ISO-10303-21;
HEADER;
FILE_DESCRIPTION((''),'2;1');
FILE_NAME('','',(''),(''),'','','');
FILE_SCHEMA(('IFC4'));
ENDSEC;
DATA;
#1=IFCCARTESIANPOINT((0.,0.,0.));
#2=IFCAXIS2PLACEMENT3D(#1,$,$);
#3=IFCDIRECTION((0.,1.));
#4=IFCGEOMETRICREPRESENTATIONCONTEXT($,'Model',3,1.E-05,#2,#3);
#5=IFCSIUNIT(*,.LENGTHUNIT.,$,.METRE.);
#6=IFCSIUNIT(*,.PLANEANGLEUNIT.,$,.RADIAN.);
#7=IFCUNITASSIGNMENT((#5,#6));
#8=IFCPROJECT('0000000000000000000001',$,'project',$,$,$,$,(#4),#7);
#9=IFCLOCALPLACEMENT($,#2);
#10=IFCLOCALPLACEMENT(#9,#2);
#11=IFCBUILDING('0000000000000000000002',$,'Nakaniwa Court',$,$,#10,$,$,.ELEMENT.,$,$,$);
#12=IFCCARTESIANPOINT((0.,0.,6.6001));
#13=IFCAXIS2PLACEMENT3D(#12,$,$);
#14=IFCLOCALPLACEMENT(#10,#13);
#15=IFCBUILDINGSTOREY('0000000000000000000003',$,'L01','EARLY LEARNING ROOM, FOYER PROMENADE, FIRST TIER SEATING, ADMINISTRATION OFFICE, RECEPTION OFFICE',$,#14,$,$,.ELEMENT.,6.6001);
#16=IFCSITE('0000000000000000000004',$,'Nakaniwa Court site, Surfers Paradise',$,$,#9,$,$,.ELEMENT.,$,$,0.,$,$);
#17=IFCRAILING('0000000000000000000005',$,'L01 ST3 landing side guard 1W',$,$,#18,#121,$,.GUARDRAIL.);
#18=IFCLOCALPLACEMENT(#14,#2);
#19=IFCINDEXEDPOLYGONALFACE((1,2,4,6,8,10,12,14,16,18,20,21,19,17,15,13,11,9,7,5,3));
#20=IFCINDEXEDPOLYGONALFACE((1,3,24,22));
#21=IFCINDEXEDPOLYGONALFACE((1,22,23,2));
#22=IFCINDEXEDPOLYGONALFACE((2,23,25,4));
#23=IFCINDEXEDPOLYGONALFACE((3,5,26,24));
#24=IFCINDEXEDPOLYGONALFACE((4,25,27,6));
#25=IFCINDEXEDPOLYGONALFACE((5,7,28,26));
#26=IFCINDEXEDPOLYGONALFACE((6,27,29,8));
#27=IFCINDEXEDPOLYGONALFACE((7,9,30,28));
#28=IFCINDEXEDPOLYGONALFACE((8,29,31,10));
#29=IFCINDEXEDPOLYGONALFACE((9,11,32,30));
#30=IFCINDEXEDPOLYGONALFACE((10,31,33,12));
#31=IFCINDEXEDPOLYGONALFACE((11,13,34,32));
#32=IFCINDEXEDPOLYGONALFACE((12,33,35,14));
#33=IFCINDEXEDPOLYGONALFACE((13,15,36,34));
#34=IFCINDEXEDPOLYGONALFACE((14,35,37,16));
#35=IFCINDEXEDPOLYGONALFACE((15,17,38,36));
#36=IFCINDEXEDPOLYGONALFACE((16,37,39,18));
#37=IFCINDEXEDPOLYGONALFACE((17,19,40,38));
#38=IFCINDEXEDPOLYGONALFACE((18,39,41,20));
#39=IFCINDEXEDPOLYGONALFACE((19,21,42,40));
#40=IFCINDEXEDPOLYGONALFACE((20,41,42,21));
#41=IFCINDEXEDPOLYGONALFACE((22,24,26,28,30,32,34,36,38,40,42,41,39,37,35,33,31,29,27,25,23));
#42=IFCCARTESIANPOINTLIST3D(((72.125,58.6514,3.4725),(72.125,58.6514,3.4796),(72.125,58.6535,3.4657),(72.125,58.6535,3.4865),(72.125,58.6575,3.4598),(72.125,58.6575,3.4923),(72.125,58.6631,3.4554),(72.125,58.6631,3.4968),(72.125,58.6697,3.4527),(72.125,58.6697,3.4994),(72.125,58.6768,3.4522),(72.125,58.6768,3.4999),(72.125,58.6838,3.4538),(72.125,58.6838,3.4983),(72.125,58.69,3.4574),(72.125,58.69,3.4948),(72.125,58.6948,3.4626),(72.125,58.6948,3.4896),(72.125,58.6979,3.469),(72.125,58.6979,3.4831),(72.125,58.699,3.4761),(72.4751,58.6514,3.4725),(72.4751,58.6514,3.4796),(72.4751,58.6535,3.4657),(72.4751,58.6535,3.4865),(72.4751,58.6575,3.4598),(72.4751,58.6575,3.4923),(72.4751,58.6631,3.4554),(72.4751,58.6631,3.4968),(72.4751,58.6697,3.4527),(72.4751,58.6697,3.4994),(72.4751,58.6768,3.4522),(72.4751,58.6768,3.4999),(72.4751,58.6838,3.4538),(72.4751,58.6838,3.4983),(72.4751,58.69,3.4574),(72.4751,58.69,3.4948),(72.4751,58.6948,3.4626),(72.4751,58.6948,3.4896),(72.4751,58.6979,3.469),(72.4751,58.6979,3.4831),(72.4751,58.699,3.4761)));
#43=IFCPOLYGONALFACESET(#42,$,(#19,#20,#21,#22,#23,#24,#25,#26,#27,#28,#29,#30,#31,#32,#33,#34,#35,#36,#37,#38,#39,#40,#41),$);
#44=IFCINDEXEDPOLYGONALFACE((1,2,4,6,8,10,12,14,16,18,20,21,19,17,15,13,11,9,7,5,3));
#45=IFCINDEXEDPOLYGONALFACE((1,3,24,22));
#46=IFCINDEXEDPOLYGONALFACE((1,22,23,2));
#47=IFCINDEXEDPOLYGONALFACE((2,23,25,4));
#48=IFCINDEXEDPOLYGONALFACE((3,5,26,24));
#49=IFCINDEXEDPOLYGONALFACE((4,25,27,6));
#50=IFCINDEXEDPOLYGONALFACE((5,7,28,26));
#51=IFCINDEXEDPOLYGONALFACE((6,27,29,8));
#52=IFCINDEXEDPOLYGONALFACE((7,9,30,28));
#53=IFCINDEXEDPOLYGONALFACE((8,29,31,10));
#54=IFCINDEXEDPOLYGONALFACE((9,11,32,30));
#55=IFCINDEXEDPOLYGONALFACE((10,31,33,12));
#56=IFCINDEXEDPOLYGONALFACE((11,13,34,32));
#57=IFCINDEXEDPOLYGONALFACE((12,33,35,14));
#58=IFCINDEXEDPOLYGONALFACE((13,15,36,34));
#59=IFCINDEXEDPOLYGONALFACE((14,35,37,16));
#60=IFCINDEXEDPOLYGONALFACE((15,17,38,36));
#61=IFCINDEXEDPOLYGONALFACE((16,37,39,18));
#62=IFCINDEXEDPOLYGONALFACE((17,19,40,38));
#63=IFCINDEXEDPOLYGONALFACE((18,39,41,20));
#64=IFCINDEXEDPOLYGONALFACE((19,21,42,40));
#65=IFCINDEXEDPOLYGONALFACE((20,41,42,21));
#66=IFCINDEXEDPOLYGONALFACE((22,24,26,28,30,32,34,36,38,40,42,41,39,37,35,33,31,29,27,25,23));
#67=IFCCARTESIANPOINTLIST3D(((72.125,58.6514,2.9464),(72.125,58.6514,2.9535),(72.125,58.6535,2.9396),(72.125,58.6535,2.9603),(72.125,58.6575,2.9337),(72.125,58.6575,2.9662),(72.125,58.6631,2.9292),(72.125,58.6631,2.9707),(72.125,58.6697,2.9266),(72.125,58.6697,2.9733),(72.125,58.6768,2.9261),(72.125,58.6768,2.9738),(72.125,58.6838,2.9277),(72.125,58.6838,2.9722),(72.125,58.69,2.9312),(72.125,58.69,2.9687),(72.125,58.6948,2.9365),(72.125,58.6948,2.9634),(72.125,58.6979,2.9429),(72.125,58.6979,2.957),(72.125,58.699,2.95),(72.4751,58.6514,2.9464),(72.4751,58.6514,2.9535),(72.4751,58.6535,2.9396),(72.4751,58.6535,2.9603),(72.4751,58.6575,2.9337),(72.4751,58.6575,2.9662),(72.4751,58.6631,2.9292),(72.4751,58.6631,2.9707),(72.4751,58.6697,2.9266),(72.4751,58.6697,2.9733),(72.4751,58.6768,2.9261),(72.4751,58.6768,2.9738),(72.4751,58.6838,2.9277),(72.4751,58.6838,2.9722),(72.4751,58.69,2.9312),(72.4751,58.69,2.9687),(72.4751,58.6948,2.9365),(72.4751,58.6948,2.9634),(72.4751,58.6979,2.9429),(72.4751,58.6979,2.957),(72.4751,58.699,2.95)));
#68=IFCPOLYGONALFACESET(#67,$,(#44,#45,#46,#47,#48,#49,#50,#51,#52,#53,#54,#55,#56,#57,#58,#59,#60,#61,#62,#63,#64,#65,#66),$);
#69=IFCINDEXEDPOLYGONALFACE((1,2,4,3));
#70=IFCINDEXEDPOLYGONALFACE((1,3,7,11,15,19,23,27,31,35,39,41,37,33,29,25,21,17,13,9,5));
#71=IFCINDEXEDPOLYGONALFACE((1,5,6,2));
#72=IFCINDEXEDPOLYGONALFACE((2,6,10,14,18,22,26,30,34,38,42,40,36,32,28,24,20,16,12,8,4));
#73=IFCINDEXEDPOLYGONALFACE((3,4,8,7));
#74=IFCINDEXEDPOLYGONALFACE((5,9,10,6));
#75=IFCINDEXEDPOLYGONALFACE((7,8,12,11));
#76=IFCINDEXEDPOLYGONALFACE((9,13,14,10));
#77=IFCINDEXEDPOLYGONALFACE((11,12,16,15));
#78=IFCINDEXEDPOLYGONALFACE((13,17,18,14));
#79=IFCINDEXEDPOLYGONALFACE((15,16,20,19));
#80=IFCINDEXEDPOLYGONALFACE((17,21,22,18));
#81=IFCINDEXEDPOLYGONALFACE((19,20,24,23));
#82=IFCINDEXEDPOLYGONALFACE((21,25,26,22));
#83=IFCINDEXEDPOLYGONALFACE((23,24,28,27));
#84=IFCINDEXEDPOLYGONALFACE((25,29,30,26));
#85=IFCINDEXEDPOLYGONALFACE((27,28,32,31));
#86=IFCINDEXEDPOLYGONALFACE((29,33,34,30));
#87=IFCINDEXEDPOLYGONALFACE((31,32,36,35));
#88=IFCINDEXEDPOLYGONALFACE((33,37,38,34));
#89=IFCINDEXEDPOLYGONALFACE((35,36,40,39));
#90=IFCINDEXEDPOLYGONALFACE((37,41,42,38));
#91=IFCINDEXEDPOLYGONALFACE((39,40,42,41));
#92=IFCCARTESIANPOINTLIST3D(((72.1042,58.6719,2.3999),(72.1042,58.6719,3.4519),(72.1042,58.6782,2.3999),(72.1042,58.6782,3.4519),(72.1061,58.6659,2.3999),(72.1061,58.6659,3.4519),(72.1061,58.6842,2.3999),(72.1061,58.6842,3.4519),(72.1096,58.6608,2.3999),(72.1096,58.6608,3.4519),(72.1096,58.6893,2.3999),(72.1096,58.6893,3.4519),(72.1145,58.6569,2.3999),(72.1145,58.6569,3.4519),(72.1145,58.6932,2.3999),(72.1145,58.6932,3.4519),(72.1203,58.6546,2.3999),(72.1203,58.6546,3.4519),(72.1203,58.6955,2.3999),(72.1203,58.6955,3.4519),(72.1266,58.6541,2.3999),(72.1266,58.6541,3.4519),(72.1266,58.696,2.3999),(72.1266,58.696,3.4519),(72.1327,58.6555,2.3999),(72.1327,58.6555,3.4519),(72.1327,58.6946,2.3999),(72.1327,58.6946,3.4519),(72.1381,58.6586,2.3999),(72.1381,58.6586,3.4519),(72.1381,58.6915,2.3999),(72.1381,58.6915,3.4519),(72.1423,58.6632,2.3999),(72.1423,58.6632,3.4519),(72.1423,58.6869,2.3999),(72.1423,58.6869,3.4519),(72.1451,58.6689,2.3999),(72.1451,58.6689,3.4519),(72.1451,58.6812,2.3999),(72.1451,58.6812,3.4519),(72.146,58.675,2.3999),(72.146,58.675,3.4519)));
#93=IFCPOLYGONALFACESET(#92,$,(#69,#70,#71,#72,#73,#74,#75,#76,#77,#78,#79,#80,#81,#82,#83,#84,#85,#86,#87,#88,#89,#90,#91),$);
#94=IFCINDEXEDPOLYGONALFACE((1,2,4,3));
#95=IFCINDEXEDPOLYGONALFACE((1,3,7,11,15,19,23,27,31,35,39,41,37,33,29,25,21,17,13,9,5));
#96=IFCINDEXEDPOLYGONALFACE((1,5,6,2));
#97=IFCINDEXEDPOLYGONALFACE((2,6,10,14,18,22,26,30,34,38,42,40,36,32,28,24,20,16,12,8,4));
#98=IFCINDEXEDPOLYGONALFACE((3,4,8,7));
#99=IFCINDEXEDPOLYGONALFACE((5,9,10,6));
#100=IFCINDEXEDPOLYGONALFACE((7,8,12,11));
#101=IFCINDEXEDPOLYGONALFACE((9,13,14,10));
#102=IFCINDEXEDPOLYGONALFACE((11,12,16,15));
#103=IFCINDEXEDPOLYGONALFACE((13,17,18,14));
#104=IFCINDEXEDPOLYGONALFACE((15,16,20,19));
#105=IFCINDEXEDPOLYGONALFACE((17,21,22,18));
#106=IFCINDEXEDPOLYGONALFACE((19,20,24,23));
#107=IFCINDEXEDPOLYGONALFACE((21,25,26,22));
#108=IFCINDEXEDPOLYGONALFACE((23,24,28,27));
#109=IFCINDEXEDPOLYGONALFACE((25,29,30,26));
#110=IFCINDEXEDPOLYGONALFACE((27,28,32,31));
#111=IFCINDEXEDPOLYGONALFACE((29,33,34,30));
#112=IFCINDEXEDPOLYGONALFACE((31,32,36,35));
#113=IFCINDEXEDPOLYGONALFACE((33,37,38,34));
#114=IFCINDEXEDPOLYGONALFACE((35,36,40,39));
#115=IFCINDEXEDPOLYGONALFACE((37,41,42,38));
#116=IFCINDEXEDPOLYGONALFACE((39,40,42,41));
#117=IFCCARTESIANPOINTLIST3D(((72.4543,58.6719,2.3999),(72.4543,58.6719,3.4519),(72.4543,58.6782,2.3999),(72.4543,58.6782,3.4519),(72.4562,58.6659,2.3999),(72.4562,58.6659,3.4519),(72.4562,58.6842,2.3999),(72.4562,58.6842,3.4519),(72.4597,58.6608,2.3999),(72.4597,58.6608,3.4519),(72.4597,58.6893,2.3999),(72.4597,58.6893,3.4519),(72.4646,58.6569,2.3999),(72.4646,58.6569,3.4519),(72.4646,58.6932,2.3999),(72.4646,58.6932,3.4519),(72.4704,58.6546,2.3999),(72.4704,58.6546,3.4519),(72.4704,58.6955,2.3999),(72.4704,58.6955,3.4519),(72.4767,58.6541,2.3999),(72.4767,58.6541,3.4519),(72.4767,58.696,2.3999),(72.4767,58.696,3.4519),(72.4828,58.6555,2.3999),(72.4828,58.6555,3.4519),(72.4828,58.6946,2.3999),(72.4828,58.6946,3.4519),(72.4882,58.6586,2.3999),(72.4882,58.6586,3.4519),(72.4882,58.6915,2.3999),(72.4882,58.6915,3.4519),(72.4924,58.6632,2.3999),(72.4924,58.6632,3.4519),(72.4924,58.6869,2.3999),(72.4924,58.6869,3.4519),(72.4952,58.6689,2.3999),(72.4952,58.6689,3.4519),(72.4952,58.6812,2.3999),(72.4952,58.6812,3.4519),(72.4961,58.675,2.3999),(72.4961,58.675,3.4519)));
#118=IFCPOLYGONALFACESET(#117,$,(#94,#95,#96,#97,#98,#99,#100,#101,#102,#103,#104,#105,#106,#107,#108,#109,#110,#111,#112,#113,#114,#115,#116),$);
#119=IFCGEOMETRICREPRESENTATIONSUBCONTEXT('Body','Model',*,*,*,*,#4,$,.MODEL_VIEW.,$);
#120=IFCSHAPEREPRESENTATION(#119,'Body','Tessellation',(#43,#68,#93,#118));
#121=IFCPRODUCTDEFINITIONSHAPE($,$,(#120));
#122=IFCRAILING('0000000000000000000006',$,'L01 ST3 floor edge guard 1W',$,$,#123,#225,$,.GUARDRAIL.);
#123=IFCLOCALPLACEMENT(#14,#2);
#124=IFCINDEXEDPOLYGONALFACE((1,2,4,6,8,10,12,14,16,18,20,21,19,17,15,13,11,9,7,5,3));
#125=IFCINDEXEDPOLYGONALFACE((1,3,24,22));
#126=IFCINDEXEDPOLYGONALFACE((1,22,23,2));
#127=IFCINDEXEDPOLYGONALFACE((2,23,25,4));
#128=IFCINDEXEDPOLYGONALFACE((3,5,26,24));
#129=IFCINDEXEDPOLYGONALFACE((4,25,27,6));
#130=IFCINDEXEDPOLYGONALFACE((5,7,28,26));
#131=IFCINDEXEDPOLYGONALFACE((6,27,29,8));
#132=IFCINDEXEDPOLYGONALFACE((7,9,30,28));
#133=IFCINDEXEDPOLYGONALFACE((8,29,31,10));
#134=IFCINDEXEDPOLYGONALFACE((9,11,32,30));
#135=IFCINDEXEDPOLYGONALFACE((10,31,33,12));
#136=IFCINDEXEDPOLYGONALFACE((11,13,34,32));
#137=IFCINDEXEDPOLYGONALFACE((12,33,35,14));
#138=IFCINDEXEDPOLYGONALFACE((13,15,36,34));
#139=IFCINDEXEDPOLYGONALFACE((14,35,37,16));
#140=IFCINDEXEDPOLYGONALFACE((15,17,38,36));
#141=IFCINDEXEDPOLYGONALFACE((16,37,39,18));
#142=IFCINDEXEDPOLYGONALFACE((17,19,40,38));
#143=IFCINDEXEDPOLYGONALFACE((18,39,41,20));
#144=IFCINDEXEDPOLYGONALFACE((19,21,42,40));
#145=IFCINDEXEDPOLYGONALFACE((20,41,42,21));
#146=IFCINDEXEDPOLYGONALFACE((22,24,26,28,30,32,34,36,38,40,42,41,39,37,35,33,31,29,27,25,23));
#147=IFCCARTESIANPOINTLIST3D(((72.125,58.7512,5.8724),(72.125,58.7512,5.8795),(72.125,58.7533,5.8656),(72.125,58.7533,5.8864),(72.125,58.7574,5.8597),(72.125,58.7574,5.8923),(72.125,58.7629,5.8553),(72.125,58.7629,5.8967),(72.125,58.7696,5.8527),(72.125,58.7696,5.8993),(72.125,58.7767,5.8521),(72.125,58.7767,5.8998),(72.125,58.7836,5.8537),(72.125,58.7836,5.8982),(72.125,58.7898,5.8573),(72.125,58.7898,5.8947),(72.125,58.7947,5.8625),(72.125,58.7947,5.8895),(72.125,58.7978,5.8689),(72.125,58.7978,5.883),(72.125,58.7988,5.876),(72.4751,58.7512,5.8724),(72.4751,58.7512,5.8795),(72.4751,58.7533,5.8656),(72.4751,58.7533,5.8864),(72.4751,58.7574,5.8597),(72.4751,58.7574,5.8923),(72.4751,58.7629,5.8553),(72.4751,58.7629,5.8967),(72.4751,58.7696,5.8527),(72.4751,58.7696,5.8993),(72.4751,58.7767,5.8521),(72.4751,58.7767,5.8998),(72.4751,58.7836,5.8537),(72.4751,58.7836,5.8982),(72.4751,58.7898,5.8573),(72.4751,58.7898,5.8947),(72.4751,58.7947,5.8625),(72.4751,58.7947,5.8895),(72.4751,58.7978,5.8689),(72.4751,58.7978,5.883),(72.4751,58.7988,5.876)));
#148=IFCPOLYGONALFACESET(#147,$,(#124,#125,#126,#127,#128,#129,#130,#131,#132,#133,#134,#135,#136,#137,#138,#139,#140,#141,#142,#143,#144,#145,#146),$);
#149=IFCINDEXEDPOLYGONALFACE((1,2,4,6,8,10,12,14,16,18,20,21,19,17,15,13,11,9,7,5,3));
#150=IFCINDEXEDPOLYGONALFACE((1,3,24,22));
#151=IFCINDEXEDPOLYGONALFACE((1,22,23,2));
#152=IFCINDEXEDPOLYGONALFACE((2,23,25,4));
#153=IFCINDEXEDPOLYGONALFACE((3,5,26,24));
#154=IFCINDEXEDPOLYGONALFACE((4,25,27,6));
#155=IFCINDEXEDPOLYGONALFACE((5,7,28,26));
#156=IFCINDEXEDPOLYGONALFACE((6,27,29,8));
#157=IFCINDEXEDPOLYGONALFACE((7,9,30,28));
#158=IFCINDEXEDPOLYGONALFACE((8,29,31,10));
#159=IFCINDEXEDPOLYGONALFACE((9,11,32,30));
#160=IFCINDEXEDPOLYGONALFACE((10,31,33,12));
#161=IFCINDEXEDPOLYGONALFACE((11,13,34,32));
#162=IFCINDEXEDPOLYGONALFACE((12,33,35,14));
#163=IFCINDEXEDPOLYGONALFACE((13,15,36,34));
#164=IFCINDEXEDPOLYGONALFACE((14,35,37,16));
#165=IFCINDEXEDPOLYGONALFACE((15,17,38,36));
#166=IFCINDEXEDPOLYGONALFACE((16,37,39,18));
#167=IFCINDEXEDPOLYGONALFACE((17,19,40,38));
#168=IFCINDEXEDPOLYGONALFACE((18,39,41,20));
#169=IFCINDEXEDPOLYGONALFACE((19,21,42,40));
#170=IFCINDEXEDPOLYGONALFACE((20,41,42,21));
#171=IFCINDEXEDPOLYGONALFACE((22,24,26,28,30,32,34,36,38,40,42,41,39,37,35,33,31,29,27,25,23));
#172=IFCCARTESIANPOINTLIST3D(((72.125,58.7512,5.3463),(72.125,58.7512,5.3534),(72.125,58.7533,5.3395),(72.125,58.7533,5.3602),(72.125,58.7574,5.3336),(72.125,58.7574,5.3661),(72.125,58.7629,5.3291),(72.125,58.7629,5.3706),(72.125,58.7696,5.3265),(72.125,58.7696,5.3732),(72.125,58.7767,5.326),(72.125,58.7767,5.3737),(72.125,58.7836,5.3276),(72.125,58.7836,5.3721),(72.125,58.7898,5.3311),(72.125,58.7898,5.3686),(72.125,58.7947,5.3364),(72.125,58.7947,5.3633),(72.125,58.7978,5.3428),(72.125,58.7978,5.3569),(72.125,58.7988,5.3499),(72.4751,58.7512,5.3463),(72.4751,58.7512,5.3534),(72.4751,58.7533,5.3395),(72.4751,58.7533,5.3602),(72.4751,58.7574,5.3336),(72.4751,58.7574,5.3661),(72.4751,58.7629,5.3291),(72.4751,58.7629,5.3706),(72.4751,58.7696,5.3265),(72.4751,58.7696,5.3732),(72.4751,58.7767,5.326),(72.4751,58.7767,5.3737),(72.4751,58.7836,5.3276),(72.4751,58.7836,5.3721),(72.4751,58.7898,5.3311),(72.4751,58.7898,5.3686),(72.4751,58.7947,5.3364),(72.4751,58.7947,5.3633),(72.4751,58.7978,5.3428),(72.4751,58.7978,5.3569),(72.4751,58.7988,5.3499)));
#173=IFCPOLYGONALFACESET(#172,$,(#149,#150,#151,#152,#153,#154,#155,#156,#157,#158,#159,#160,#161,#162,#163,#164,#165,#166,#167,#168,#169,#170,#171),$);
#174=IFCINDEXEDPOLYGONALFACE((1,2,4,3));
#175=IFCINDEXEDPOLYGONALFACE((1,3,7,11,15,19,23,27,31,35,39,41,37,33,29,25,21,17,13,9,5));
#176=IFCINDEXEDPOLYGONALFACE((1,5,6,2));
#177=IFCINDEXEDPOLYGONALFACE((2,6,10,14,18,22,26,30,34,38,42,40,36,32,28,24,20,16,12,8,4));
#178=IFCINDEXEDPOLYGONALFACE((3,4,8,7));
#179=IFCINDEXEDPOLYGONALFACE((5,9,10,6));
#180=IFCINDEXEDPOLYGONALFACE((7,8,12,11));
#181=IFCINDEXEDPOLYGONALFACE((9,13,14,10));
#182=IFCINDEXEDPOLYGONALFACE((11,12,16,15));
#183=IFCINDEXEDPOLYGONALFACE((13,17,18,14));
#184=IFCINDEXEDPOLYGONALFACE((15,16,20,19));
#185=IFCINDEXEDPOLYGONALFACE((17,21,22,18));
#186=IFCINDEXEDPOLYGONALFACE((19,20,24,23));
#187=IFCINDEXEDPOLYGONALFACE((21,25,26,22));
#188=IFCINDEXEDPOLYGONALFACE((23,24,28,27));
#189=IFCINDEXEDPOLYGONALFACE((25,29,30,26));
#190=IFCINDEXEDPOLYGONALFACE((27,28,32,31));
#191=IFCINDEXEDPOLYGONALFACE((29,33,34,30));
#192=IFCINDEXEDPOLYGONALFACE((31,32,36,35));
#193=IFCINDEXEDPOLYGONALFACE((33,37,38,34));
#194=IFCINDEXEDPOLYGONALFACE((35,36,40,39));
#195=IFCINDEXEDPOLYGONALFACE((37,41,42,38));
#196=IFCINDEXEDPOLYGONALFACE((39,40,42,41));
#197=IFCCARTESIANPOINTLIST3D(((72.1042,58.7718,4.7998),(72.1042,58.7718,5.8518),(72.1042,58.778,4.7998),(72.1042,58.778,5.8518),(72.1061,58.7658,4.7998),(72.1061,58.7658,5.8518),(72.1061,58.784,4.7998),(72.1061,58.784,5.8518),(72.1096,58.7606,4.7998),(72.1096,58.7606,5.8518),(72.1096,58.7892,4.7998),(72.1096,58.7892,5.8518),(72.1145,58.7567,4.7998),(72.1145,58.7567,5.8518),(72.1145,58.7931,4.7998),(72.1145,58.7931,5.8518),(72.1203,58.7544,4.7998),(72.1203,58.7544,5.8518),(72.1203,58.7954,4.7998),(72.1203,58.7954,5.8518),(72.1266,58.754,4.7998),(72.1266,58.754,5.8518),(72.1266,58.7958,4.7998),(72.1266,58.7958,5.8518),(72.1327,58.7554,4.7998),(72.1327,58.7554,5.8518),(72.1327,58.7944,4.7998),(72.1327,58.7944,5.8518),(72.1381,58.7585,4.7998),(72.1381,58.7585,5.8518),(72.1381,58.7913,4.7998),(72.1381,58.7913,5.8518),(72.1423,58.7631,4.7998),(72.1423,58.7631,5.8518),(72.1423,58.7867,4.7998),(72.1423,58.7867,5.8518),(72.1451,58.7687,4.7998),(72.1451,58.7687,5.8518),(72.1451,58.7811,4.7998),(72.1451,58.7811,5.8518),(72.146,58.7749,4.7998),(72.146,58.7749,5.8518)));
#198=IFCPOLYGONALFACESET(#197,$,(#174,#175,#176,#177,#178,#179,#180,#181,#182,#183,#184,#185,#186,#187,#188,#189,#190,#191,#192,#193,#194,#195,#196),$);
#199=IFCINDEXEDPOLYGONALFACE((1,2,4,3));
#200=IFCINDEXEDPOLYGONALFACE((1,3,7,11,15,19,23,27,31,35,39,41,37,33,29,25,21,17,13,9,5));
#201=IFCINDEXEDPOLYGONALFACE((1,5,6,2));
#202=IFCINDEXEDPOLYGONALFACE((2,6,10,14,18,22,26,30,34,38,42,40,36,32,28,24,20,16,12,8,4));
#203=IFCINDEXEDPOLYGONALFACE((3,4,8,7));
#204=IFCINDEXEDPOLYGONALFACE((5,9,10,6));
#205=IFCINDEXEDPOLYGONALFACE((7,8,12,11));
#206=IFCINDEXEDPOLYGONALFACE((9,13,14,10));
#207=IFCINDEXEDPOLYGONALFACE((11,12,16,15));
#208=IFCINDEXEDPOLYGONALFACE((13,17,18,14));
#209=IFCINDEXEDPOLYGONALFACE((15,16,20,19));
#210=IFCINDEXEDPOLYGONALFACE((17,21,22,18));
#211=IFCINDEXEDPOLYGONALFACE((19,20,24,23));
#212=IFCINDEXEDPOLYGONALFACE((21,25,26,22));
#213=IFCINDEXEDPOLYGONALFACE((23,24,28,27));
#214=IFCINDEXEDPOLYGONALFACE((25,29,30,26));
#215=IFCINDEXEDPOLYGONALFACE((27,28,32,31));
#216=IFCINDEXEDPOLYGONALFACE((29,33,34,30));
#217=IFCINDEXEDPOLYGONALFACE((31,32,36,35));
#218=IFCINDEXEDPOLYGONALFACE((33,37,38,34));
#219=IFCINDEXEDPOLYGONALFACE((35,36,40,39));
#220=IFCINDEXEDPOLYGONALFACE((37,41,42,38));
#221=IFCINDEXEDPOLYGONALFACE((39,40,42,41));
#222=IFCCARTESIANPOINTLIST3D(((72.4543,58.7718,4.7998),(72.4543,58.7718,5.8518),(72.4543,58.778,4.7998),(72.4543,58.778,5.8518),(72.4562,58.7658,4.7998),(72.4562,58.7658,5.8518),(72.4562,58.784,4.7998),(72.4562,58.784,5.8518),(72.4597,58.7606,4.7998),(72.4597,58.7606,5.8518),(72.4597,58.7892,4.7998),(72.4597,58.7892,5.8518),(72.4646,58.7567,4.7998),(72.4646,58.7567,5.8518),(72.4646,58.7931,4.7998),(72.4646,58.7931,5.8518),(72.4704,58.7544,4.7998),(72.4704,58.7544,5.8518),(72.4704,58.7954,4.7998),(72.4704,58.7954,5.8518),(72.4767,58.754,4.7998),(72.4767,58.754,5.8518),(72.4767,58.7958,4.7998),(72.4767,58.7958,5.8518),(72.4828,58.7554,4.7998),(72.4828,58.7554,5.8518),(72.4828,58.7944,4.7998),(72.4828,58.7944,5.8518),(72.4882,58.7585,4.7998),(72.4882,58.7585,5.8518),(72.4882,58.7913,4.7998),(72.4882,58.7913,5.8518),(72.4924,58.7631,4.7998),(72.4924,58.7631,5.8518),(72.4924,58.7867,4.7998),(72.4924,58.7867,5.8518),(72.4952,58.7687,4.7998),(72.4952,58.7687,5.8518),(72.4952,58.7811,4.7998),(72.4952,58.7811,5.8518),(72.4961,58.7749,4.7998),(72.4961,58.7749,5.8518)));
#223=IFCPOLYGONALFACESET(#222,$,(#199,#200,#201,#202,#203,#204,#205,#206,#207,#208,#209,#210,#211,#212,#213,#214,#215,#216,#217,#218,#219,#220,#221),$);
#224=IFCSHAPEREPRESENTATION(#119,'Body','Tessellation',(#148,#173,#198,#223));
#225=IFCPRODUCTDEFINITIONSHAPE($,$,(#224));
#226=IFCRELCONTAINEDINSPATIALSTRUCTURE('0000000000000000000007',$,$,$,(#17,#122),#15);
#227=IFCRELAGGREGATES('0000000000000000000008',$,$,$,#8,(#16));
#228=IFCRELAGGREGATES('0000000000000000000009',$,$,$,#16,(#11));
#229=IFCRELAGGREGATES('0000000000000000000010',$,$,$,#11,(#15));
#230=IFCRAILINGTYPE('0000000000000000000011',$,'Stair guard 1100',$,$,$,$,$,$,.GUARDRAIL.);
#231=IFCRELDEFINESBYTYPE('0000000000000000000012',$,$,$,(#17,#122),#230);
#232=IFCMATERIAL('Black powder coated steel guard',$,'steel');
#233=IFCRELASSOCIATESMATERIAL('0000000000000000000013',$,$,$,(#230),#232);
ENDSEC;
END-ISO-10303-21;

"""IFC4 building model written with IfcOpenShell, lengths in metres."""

from ifc_helpers import new_model, si_unit, direction, frame, origin, origin_2d, place, context, subcontext, project, spatial, circle, extrude, material, type_object, element, save


model = new_model("IFC4")

# Units and contexts
model_context = context("Model", 3, precision=1e-05, world=origin(), true_north=direction((0.0, 1.0)))
body_context = subcontext(model_context, "Body", "Model", "MODEL_VIEW")
ifc_project = project(units=[si_unit("LENGTHUNIT", "METRE"), si_unit("PLANEANGLEUNIT", "RADIAN")], contexts=[model_context])

# Site, building, storey
site_placement = place(None, origin())
site = spatial("IfcSite", under=ifc_project, at=site_placement, Name="Nakaniwa Court site, Surfers Paradise", CompositionType="ELEMENT", RefElevation=0.0)
building_placement = place(site_placement, origin())
building = spatial("IfcBuilding", under=site, at=building_placement, Name="Nakaniwa Court", CompositionType="ELEMENT")
storey_placement = place(building_placement, frame((0.0, 0.0, 6.6001)))
storey = spatial("IfcBuildingStorey", under=building, at=storey_placement, Name="L01", Description="EARLY LEARNING ROOM, FOYER PROMENADE, FIRST TIER SEATING, ADMINISTRATION OFFICE, RECEPTION OFFICE", CompositionType="ELEMENT", Elevation=6.6001)

# Railings
ifc_material_1 = material(Name="Black powder coated steel guard", Category="steel")
railing_type_1 = type_object("IfcRailingType", Name="Stair guard 1100", PredefinedType="GUARDRAIL", material=ifc_material_1)
for number, where, name in (
    (1, (72.125, 58.675, 2.3999), "L01 ST3 landing side guard 1W"),
    (2, (72.125, 58.7749, 4.7998), "L01 ST3 floor edge guard 1W"),
):
    element("IfcRailing", number, at=place(storey_placement, frame(where)), inside=storey, type_object=railing_type_1, Name=name, PredefinedType="GUARDRAIL", context=body_context, shape_type="SweptSolid", body=[
        extrude(circle(Radius=0.0239, at=origin_2d()), frame((0.0, 0.0, 1.0762), z_axis=(1.0, 0.0, 0.0), x_axis=(0.0, 1.0, 0.0)), (0.0, 0.0, 1.0), 0.3501),
        extrude(circle(Radius=0.0239, at=origin_2d()), frame((0.0, 0.0, 0.55), z_axis=(1.0, 0.0, 0.0), x_axis=(0.0, 1.0, 0.0)), (0.0, 0.0, 1.0), 0.3501),
        extrude(circle(Radius=0.021, at=origin_2d()), origin(), (0.0, 0.0, 1.0), 1.052),
        extrude(circle(Radius=0.021, at=origin_2d()), frame((0.3501, 0.0, 0.0)), (0.0, 0.0, 1.0), 1.052),
    ])

save(model, "model.ifc")
